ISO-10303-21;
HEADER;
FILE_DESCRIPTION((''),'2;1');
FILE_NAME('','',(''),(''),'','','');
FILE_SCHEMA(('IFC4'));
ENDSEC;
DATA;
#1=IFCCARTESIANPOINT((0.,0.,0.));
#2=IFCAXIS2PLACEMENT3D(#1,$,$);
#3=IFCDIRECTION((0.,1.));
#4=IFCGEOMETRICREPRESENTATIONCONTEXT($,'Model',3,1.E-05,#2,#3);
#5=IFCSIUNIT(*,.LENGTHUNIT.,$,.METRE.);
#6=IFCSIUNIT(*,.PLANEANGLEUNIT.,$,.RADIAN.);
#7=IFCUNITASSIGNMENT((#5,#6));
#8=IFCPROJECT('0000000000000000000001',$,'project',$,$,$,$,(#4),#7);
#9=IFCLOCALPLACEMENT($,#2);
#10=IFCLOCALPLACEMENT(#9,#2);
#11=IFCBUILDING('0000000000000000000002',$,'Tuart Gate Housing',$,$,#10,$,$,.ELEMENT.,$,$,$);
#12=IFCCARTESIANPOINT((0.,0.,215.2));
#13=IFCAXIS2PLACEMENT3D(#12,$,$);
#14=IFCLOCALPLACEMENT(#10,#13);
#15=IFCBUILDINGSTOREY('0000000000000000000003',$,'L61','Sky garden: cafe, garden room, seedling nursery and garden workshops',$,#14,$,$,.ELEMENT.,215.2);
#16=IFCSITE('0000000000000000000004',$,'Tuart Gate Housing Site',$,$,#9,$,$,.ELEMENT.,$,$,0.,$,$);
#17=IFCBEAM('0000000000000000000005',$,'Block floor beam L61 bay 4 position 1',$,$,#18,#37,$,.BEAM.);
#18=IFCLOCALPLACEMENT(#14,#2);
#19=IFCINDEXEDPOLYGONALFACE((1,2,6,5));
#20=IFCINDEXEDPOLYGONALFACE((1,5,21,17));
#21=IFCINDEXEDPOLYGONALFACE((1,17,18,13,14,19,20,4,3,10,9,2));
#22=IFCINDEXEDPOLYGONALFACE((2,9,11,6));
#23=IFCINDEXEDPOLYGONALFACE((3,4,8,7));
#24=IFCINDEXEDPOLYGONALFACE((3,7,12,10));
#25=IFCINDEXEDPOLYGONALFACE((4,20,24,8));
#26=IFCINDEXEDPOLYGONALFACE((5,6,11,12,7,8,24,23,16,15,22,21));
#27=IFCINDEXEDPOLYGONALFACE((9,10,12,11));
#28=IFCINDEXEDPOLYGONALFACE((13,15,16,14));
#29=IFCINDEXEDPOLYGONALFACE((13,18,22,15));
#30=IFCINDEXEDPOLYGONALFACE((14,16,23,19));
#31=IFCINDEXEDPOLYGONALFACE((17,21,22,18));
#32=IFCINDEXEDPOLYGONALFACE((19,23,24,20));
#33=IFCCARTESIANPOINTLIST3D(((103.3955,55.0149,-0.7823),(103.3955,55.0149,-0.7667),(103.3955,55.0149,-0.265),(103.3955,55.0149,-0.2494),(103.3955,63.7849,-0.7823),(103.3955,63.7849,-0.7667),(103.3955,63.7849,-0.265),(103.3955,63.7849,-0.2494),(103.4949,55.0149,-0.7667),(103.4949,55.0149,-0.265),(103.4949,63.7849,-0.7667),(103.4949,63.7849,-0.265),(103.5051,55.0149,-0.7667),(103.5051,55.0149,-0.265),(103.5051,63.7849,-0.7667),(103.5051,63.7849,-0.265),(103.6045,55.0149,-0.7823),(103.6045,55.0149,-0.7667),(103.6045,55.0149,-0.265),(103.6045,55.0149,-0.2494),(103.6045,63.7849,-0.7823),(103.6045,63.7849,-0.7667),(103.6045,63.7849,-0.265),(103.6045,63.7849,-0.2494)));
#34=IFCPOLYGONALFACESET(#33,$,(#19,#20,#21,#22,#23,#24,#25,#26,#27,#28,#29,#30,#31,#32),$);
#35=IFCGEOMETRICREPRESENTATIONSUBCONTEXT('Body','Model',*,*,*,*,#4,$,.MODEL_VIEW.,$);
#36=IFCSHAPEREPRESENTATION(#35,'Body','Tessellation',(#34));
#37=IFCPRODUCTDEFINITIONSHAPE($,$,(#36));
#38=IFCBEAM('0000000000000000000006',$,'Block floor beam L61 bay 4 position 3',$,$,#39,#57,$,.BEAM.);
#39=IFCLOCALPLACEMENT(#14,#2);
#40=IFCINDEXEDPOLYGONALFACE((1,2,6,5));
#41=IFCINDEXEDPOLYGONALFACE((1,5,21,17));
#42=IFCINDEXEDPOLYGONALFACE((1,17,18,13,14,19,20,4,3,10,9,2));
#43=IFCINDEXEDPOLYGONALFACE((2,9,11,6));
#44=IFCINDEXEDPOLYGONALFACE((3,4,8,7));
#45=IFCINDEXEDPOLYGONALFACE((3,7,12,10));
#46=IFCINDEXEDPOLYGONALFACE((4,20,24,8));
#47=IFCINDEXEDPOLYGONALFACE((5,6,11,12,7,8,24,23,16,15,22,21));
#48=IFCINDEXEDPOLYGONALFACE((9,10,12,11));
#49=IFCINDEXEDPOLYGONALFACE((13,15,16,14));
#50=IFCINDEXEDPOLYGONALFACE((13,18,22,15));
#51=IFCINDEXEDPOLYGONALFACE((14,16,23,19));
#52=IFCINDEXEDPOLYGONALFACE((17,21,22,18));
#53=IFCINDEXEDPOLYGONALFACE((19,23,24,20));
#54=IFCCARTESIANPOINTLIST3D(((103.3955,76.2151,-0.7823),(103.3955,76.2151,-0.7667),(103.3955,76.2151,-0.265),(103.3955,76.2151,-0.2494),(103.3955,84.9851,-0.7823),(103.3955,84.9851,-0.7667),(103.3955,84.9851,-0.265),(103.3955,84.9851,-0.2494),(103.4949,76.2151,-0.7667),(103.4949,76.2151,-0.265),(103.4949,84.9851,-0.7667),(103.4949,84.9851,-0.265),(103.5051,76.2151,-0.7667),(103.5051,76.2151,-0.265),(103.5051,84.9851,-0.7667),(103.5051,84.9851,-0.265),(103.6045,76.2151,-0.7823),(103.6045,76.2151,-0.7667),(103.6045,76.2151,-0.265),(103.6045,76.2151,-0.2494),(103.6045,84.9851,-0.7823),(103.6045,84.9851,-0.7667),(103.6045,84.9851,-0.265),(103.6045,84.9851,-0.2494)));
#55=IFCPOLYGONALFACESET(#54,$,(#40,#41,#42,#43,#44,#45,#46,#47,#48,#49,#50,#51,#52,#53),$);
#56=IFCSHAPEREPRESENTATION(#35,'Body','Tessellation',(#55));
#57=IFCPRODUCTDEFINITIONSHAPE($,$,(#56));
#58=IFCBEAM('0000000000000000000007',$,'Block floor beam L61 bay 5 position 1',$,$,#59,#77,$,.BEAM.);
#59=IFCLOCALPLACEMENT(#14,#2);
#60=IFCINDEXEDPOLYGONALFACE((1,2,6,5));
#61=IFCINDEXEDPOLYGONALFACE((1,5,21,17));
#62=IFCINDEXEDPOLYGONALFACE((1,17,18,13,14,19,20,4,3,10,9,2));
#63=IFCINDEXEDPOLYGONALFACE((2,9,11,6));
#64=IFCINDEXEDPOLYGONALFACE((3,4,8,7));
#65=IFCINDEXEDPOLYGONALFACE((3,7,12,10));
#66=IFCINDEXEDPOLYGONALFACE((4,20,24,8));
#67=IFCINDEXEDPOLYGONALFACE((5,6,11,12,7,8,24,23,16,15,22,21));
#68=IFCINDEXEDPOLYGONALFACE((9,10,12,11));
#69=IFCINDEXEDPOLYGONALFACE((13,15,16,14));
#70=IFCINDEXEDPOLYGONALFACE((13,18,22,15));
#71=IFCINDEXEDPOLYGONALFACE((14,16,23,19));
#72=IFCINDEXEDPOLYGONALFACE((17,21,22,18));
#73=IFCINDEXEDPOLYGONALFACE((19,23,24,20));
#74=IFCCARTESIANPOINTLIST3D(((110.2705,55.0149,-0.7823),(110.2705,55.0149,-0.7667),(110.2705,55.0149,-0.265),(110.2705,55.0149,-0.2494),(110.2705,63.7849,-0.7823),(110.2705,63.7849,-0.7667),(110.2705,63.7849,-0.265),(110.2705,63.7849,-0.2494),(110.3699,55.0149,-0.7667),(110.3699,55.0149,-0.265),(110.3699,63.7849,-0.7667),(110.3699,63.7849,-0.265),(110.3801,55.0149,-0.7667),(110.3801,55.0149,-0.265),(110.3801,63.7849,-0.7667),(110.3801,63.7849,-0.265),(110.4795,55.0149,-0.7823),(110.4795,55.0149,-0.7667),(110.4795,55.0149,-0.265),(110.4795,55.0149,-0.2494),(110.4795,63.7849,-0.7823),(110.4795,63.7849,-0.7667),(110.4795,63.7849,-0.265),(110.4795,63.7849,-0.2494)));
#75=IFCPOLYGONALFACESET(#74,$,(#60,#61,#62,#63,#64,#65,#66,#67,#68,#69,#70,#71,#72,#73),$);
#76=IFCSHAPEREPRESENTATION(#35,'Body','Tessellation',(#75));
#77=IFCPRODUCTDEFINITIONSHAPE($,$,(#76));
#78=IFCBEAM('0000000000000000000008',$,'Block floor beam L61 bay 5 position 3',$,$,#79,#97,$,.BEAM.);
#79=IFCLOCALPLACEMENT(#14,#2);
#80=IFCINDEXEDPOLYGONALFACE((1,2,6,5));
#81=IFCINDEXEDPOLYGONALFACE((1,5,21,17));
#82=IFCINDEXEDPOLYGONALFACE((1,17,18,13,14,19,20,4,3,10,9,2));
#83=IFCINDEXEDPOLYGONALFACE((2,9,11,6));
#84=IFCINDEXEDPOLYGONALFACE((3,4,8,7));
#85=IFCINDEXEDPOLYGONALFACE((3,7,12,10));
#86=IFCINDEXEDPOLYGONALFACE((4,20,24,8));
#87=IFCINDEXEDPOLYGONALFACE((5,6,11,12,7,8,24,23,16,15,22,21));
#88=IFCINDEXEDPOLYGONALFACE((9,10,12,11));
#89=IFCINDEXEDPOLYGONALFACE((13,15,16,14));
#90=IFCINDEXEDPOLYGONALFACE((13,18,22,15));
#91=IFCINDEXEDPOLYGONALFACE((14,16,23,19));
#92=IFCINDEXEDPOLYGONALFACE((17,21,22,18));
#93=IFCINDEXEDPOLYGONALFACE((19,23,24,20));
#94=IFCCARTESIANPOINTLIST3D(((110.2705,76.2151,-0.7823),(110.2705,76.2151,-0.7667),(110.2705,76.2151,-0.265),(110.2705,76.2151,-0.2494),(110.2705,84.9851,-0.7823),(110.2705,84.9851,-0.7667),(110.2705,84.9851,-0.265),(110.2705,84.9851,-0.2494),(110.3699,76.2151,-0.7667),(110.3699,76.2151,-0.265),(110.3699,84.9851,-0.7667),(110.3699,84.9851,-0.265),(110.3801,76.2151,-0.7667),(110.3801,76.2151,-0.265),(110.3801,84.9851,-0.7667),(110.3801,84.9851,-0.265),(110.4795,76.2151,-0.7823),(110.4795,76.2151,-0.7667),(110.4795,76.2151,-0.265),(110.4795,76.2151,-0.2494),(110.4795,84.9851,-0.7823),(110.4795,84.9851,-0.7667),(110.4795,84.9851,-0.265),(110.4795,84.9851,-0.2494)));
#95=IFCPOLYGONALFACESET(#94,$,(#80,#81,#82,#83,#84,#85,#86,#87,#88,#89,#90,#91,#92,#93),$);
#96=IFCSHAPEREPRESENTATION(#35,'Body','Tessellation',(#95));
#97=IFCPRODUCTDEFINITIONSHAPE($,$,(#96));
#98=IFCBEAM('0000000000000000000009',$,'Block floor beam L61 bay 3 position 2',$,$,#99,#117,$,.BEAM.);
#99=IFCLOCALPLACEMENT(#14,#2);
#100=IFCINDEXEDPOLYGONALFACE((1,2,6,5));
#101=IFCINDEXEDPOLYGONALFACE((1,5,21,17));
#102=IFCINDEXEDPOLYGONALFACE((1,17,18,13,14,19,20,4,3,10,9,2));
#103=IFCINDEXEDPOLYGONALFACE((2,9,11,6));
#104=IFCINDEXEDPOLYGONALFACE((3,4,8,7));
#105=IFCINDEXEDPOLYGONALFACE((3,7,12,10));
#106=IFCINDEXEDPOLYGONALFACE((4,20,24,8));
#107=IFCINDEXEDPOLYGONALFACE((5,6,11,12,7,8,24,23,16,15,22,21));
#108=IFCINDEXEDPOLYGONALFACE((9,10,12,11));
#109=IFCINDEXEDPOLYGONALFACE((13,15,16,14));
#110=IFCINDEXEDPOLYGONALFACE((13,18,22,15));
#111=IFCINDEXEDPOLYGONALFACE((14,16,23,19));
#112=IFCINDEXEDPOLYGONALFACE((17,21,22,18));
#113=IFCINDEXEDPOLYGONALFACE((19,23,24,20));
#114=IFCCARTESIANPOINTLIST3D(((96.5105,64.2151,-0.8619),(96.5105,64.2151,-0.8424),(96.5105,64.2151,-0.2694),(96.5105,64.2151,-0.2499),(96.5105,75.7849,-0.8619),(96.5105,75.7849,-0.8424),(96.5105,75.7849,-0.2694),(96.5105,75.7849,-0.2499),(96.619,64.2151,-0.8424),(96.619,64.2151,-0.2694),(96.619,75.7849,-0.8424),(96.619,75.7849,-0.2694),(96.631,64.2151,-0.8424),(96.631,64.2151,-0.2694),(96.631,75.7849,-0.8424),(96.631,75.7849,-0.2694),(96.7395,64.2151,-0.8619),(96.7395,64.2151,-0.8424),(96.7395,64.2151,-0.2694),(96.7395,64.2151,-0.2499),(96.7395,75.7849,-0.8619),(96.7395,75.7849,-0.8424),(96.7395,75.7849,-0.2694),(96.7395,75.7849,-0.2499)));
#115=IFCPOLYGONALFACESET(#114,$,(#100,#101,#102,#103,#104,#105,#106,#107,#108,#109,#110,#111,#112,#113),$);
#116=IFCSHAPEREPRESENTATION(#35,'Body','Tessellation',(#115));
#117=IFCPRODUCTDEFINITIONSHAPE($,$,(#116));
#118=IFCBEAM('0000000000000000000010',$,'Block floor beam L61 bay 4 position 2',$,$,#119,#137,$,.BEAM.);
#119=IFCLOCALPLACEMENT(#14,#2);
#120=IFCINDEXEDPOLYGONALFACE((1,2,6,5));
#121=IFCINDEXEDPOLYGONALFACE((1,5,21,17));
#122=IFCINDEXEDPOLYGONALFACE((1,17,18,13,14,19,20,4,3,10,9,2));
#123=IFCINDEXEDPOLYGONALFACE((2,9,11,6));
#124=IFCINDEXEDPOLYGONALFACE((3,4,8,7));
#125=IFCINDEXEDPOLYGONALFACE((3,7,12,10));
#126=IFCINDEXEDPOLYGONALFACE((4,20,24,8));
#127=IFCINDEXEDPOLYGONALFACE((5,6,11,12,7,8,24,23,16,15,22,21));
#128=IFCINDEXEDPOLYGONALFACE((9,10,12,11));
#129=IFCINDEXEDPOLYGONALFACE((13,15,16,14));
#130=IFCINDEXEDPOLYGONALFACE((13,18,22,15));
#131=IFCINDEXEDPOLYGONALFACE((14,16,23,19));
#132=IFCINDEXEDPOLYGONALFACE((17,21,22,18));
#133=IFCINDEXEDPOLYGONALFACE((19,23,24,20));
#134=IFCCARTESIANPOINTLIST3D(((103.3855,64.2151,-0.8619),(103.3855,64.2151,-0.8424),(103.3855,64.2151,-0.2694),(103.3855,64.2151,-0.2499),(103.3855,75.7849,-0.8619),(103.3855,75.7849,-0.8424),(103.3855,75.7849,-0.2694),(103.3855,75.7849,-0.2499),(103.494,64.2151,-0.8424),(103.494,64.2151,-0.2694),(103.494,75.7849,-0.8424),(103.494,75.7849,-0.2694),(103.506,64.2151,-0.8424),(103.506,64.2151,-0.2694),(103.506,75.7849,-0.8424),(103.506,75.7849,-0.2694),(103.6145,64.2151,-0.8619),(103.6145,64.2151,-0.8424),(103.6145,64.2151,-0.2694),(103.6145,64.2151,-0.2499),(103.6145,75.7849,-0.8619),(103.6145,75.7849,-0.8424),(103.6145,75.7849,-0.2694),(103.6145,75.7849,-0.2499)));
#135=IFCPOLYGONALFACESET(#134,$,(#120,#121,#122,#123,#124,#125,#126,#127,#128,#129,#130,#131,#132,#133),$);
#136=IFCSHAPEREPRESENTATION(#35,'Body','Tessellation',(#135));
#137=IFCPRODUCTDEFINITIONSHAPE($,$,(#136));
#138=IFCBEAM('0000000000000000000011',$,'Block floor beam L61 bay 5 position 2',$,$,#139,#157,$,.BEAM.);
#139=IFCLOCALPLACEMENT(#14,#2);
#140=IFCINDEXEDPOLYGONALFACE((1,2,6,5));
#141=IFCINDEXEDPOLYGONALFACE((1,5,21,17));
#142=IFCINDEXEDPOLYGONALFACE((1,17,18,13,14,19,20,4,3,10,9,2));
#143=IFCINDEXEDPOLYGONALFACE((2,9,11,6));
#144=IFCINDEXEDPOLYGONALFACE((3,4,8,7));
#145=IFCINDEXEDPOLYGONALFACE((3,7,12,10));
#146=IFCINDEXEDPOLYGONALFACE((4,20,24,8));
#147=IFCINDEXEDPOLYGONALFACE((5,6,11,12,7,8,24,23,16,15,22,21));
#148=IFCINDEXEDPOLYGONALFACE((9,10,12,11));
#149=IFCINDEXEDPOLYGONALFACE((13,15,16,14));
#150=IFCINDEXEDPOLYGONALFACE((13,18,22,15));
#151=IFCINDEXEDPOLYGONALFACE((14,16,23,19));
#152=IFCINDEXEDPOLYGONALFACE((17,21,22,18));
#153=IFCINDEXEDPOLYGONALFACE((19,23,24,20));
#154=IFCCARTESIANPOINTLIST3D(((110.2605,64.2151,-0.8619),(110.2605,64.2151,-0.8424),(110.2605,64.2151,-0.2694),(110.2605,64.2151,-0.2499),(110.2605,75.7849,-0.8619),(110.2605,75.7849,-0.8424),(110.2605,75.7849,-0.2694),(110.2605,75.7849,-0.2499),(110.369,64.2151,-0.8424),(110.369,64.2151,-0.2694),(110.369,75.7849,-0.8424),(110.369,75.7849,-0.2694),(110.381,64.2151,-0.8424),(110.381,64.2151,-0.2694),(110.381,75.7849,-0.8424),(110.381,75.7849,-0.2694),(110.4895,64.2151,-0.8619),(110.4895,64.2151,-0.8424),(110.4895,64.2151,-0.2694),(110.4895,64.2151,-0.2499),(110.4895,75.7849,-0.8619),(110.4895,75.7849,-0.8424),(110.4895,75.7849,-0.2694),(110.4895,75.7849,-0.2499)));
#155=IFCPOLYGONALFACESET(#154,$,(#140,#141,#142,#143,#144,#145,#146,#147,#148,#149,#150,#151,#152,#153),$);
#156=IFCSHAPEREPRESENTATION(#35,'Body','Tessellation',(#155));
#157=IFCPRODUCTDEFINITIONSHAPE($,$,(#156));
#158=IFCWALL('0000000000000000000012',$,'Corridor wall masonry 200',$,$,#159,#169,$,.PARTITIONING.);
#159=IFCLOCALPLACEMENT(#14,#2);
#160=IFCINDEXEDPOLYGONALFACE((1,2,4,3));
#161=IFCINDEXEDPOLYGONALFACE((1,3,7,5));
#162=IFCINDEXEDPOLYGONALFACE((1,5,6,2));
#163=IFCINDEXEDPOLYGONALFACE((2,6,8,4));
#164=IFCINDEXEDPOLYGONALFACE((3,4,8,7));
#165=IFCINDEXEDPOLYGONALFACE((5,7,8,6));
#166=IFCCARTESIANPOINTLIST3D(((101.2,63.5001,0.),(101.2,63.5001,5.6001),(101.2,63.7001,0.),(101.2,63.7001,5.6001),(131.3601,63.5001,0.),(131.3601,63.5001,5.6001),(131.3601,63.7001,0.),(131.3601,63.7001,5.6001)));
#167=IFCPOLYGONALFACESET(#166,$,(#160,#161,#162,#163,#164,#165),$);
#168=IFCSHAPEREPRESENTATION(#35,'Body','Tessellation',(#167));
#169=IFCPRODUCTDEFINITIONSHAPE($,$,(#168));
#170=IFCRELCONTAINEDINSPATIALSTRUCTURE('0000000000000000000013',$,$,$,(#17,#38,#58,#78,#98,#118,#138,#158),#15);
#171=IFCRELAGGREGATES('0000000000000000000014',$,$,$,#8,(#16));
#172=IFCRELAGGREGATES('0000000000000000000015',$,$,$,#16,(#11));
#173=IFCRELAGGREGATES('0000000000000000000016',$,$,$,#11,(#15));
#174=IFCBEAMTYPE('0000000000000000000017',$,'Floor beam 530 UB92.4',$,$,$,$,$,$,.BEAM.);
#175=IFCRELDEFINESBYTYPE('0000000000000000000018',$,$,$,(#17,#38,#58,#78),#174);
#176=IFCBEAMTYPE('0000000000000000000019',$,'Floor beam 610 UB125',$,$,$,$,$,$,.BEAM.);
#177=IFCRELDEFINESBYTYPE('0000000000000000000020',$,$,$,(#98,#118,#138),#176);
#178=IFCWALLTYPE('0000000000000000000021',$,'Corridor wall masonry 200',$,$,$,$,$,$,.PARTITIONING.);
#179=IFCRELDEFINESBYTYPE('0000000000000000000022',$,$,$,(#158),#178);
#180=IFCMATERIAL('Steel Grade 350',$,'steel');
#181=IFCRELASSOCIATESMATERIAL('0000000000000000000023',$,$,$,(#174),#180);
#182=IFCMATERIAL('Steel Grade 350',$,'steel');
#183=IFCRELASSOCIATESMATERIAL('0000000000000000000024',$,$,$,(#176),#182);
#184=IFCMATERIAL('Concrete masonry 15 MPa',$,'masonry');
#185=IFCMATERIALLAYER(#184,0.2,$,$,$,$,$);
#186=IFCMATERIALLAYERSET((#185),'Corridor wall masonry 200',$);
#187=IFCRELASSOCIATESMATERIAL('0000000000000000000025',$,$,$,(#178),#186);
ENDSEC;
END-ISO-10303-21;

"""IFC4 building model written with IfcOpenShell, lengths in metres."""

from ifc_helpers import new_model, si_unit, direction, frame, frame_2d, origin, origin_2d, place, context, subcontext, project, spatial, rectangle, i_section, extrude, material, layer, layer_set, material_profile, profile_set, type_object, element, save


model = new_model("IFC4")

# Units and contexts
model_context = context("Model", 3, precision=1e-05, world=origin(), true_north=direction((0.0, 1.0)))
body_context = subcontext(model_context, "Body", "Model", "MODEL_VIEW")
ifc_project = project(units=[si_unit("LENGTHUNIT", "METRE"), si_unit("PLANEANGLEUNIT", "RADIAN")], contexts=[model_context])

# Site, building, storey
site_placement = place(None, origin())
site = spatial("IfcSite", under=ifc_project, at=site_placement, Name="Tuart Gate Housing Site", CompositionType="ELEMENT", RefElevation=0.0)
building_placement = place(site_placement, origin())
building = spatial("IfcBuilding", under=site, at=building_placement, Name="Tuart Gate Housing", CompositionType="ELEMENT")
storey_placement = place(building_placement, frame((0.0, 0.0, 215.2)))
storey = spatial("IfcBuildingStorey", under=building, at=storey_placement, Name="L61", Description="Sky garden: cafe, garden room, seedling nursery and garden workshops", CompositionType="ELEMENT", Elevation=215.2)

# Beams
ifc_material_1 = material(Name="Steel Grade 350", Category="steel")
ifc_material_profile_1 = material_profile(ifc_material_1, i_section(OverallWidth=0.209, OverallDepth=0.533, WebThickness=0.0103, FlangeThickness=0.0156, at=origin_2d()), Name="530UB92.4")
ifc_profile_set_1 = profile_set([ifc_material_profile_1], Name="Steel Grade 350")
beam_type_1 = type_object("IfcBeamType", Name="Floor beam 530 UB92.4", PredefinedType="BEAM", material=ifc_profile_set_1)
for number, where, z_axis, x_axis, name in (
    (1, (103.5, 55.0149, -0.5159), (0.0, 1.0, 0.0), (-1.0, 0.0, 0.0), "Block floor beam L61 bay 4 position 1"),
    (2, (103.5, 76.2151, -0.5159), (0.0, 1.0, 0.0), (-1.0, 0.0, 0.0), "Block floor beam L61 bay 4 position 3"),
    (3, (110.375, 55.0149, -0.5159), (0.0, 1.0, 0.0), (-1.0, 0.0, 0.0), "Block floor beam L61 bay 5 position 1"),
    (4, (110.375, 76.2151, -0.5159), (0.0, 1.0, 0.0), (-1.0, 0.0, 0.0), "Block floor beam L61 bay 5 position 3"),
):
    element("IfcBeam", number, at=place(storey_placement, frame(where, z_axis=z_axis, x_axis=x_axis)), inside=storey, type_object=beam_type_1, Name=name, PredefinedType="BEAM", context=body_context, shape_type="SweptSolid", body=[
        extrude(i_section(OverallWidth=0.209, OverallDepth=0.533, WebThickness=0.0103, FlangeThickness=0.0156, at=origin_2d()), origin(), (0.0, 0.0, 1.0), 8.77),
    ])
ifc_material_2 = material(Name="Steel Grade 350", Category="steel")
ifc_material_profile_2 = material_profile(ifc_material_2, i_section(OverallWidth=0.229, OverallDepth=0.6121, WebThickness=0.012, FlangeThickness=0.0195, at=origin_2d()), Name="610UB125")
ifc_profile_set_2 = profile_set([ifc_material_profile_2], Name="Steel Grade 350")
beam_type_2 = type_object("IfcBeamType", Name="Floor beam 610 UB125", PredefinedType="BEAM", material=ifc_profile_set_2)
for number, where, z_axis, x_axis, name in (
    (5, (96.625, 64.2151, -0.5559), (0.0, 1.0, 0.0), (-1.0, 0.0, 0.0), "Block floor beam L61 bay 3 position 2"),
    (6, (103.5, 64.2151, -0.5559), (0.0, 1.0, 0.0), (-1.0, 0.0, 0.0), "Block floor beam L61 bay 4 position 2"),
    (7, (110.375, 64.2151, -0.5559), (0.0, 1.0, 0.0), (-1.0, 0.0, 0.0), "Block floor beam L61 bay 5 position 2"),
):
    element("IfcBeam", number, at=place(storey_placement, frame(where, z_axis=z_axis, x_axis=x_axis)), inside=storey, type_object=beam_type_2, Name=name, PredefinedType="BEAM", context=body_context, shape_type="SweptSolid", body=[
        extrude(i_section(OverallWidth=0.229, OverallDepth=0.6121, WebThickness=0.012, FlangeThickness=0.0195, at=origin_2d()), origin(), (0.0, 0.0, 1.0), 11.5698),
    ])

# Wall
ifc_material_3 = material(Name="Concrete masonry 15 MPa", Category="masonry")
ifc_layer_1 = layer(ifc_material_3, 0.2)
ifc_layer_set_1 = layer_set([ifc_layer_1], Name="Corridor wall masonry 200")
wall_type_1 = type_object("IfcWallType", Name="Corridor wall masonry 200", PredefinedType="PARTITIONING", material=ifc_layer_set_1)
wall_1_placement = place(storey_placement, frame((101.2, 63.6001, 0.0), z_axis=(0.0, 0.0, 1.0), x_axis=(1.0, 0.0, 0.0)))
element("IfcWall", 8, at=wall_1_placement, inside=storey, type_object=wall_type_1, Name="Corridor wall masonry 200", PredefinedType="PARTITIONING", context=body_context, shape_type="SweptSolid", body=[
    extrude(rectangle(XDim=30.1602, YDim=0.2, at=frame_2d((15.0801, 0.0))), origin(), (0.0, 0.0, 1.0), 5.6001),
])

save(model, "model.ifc")
